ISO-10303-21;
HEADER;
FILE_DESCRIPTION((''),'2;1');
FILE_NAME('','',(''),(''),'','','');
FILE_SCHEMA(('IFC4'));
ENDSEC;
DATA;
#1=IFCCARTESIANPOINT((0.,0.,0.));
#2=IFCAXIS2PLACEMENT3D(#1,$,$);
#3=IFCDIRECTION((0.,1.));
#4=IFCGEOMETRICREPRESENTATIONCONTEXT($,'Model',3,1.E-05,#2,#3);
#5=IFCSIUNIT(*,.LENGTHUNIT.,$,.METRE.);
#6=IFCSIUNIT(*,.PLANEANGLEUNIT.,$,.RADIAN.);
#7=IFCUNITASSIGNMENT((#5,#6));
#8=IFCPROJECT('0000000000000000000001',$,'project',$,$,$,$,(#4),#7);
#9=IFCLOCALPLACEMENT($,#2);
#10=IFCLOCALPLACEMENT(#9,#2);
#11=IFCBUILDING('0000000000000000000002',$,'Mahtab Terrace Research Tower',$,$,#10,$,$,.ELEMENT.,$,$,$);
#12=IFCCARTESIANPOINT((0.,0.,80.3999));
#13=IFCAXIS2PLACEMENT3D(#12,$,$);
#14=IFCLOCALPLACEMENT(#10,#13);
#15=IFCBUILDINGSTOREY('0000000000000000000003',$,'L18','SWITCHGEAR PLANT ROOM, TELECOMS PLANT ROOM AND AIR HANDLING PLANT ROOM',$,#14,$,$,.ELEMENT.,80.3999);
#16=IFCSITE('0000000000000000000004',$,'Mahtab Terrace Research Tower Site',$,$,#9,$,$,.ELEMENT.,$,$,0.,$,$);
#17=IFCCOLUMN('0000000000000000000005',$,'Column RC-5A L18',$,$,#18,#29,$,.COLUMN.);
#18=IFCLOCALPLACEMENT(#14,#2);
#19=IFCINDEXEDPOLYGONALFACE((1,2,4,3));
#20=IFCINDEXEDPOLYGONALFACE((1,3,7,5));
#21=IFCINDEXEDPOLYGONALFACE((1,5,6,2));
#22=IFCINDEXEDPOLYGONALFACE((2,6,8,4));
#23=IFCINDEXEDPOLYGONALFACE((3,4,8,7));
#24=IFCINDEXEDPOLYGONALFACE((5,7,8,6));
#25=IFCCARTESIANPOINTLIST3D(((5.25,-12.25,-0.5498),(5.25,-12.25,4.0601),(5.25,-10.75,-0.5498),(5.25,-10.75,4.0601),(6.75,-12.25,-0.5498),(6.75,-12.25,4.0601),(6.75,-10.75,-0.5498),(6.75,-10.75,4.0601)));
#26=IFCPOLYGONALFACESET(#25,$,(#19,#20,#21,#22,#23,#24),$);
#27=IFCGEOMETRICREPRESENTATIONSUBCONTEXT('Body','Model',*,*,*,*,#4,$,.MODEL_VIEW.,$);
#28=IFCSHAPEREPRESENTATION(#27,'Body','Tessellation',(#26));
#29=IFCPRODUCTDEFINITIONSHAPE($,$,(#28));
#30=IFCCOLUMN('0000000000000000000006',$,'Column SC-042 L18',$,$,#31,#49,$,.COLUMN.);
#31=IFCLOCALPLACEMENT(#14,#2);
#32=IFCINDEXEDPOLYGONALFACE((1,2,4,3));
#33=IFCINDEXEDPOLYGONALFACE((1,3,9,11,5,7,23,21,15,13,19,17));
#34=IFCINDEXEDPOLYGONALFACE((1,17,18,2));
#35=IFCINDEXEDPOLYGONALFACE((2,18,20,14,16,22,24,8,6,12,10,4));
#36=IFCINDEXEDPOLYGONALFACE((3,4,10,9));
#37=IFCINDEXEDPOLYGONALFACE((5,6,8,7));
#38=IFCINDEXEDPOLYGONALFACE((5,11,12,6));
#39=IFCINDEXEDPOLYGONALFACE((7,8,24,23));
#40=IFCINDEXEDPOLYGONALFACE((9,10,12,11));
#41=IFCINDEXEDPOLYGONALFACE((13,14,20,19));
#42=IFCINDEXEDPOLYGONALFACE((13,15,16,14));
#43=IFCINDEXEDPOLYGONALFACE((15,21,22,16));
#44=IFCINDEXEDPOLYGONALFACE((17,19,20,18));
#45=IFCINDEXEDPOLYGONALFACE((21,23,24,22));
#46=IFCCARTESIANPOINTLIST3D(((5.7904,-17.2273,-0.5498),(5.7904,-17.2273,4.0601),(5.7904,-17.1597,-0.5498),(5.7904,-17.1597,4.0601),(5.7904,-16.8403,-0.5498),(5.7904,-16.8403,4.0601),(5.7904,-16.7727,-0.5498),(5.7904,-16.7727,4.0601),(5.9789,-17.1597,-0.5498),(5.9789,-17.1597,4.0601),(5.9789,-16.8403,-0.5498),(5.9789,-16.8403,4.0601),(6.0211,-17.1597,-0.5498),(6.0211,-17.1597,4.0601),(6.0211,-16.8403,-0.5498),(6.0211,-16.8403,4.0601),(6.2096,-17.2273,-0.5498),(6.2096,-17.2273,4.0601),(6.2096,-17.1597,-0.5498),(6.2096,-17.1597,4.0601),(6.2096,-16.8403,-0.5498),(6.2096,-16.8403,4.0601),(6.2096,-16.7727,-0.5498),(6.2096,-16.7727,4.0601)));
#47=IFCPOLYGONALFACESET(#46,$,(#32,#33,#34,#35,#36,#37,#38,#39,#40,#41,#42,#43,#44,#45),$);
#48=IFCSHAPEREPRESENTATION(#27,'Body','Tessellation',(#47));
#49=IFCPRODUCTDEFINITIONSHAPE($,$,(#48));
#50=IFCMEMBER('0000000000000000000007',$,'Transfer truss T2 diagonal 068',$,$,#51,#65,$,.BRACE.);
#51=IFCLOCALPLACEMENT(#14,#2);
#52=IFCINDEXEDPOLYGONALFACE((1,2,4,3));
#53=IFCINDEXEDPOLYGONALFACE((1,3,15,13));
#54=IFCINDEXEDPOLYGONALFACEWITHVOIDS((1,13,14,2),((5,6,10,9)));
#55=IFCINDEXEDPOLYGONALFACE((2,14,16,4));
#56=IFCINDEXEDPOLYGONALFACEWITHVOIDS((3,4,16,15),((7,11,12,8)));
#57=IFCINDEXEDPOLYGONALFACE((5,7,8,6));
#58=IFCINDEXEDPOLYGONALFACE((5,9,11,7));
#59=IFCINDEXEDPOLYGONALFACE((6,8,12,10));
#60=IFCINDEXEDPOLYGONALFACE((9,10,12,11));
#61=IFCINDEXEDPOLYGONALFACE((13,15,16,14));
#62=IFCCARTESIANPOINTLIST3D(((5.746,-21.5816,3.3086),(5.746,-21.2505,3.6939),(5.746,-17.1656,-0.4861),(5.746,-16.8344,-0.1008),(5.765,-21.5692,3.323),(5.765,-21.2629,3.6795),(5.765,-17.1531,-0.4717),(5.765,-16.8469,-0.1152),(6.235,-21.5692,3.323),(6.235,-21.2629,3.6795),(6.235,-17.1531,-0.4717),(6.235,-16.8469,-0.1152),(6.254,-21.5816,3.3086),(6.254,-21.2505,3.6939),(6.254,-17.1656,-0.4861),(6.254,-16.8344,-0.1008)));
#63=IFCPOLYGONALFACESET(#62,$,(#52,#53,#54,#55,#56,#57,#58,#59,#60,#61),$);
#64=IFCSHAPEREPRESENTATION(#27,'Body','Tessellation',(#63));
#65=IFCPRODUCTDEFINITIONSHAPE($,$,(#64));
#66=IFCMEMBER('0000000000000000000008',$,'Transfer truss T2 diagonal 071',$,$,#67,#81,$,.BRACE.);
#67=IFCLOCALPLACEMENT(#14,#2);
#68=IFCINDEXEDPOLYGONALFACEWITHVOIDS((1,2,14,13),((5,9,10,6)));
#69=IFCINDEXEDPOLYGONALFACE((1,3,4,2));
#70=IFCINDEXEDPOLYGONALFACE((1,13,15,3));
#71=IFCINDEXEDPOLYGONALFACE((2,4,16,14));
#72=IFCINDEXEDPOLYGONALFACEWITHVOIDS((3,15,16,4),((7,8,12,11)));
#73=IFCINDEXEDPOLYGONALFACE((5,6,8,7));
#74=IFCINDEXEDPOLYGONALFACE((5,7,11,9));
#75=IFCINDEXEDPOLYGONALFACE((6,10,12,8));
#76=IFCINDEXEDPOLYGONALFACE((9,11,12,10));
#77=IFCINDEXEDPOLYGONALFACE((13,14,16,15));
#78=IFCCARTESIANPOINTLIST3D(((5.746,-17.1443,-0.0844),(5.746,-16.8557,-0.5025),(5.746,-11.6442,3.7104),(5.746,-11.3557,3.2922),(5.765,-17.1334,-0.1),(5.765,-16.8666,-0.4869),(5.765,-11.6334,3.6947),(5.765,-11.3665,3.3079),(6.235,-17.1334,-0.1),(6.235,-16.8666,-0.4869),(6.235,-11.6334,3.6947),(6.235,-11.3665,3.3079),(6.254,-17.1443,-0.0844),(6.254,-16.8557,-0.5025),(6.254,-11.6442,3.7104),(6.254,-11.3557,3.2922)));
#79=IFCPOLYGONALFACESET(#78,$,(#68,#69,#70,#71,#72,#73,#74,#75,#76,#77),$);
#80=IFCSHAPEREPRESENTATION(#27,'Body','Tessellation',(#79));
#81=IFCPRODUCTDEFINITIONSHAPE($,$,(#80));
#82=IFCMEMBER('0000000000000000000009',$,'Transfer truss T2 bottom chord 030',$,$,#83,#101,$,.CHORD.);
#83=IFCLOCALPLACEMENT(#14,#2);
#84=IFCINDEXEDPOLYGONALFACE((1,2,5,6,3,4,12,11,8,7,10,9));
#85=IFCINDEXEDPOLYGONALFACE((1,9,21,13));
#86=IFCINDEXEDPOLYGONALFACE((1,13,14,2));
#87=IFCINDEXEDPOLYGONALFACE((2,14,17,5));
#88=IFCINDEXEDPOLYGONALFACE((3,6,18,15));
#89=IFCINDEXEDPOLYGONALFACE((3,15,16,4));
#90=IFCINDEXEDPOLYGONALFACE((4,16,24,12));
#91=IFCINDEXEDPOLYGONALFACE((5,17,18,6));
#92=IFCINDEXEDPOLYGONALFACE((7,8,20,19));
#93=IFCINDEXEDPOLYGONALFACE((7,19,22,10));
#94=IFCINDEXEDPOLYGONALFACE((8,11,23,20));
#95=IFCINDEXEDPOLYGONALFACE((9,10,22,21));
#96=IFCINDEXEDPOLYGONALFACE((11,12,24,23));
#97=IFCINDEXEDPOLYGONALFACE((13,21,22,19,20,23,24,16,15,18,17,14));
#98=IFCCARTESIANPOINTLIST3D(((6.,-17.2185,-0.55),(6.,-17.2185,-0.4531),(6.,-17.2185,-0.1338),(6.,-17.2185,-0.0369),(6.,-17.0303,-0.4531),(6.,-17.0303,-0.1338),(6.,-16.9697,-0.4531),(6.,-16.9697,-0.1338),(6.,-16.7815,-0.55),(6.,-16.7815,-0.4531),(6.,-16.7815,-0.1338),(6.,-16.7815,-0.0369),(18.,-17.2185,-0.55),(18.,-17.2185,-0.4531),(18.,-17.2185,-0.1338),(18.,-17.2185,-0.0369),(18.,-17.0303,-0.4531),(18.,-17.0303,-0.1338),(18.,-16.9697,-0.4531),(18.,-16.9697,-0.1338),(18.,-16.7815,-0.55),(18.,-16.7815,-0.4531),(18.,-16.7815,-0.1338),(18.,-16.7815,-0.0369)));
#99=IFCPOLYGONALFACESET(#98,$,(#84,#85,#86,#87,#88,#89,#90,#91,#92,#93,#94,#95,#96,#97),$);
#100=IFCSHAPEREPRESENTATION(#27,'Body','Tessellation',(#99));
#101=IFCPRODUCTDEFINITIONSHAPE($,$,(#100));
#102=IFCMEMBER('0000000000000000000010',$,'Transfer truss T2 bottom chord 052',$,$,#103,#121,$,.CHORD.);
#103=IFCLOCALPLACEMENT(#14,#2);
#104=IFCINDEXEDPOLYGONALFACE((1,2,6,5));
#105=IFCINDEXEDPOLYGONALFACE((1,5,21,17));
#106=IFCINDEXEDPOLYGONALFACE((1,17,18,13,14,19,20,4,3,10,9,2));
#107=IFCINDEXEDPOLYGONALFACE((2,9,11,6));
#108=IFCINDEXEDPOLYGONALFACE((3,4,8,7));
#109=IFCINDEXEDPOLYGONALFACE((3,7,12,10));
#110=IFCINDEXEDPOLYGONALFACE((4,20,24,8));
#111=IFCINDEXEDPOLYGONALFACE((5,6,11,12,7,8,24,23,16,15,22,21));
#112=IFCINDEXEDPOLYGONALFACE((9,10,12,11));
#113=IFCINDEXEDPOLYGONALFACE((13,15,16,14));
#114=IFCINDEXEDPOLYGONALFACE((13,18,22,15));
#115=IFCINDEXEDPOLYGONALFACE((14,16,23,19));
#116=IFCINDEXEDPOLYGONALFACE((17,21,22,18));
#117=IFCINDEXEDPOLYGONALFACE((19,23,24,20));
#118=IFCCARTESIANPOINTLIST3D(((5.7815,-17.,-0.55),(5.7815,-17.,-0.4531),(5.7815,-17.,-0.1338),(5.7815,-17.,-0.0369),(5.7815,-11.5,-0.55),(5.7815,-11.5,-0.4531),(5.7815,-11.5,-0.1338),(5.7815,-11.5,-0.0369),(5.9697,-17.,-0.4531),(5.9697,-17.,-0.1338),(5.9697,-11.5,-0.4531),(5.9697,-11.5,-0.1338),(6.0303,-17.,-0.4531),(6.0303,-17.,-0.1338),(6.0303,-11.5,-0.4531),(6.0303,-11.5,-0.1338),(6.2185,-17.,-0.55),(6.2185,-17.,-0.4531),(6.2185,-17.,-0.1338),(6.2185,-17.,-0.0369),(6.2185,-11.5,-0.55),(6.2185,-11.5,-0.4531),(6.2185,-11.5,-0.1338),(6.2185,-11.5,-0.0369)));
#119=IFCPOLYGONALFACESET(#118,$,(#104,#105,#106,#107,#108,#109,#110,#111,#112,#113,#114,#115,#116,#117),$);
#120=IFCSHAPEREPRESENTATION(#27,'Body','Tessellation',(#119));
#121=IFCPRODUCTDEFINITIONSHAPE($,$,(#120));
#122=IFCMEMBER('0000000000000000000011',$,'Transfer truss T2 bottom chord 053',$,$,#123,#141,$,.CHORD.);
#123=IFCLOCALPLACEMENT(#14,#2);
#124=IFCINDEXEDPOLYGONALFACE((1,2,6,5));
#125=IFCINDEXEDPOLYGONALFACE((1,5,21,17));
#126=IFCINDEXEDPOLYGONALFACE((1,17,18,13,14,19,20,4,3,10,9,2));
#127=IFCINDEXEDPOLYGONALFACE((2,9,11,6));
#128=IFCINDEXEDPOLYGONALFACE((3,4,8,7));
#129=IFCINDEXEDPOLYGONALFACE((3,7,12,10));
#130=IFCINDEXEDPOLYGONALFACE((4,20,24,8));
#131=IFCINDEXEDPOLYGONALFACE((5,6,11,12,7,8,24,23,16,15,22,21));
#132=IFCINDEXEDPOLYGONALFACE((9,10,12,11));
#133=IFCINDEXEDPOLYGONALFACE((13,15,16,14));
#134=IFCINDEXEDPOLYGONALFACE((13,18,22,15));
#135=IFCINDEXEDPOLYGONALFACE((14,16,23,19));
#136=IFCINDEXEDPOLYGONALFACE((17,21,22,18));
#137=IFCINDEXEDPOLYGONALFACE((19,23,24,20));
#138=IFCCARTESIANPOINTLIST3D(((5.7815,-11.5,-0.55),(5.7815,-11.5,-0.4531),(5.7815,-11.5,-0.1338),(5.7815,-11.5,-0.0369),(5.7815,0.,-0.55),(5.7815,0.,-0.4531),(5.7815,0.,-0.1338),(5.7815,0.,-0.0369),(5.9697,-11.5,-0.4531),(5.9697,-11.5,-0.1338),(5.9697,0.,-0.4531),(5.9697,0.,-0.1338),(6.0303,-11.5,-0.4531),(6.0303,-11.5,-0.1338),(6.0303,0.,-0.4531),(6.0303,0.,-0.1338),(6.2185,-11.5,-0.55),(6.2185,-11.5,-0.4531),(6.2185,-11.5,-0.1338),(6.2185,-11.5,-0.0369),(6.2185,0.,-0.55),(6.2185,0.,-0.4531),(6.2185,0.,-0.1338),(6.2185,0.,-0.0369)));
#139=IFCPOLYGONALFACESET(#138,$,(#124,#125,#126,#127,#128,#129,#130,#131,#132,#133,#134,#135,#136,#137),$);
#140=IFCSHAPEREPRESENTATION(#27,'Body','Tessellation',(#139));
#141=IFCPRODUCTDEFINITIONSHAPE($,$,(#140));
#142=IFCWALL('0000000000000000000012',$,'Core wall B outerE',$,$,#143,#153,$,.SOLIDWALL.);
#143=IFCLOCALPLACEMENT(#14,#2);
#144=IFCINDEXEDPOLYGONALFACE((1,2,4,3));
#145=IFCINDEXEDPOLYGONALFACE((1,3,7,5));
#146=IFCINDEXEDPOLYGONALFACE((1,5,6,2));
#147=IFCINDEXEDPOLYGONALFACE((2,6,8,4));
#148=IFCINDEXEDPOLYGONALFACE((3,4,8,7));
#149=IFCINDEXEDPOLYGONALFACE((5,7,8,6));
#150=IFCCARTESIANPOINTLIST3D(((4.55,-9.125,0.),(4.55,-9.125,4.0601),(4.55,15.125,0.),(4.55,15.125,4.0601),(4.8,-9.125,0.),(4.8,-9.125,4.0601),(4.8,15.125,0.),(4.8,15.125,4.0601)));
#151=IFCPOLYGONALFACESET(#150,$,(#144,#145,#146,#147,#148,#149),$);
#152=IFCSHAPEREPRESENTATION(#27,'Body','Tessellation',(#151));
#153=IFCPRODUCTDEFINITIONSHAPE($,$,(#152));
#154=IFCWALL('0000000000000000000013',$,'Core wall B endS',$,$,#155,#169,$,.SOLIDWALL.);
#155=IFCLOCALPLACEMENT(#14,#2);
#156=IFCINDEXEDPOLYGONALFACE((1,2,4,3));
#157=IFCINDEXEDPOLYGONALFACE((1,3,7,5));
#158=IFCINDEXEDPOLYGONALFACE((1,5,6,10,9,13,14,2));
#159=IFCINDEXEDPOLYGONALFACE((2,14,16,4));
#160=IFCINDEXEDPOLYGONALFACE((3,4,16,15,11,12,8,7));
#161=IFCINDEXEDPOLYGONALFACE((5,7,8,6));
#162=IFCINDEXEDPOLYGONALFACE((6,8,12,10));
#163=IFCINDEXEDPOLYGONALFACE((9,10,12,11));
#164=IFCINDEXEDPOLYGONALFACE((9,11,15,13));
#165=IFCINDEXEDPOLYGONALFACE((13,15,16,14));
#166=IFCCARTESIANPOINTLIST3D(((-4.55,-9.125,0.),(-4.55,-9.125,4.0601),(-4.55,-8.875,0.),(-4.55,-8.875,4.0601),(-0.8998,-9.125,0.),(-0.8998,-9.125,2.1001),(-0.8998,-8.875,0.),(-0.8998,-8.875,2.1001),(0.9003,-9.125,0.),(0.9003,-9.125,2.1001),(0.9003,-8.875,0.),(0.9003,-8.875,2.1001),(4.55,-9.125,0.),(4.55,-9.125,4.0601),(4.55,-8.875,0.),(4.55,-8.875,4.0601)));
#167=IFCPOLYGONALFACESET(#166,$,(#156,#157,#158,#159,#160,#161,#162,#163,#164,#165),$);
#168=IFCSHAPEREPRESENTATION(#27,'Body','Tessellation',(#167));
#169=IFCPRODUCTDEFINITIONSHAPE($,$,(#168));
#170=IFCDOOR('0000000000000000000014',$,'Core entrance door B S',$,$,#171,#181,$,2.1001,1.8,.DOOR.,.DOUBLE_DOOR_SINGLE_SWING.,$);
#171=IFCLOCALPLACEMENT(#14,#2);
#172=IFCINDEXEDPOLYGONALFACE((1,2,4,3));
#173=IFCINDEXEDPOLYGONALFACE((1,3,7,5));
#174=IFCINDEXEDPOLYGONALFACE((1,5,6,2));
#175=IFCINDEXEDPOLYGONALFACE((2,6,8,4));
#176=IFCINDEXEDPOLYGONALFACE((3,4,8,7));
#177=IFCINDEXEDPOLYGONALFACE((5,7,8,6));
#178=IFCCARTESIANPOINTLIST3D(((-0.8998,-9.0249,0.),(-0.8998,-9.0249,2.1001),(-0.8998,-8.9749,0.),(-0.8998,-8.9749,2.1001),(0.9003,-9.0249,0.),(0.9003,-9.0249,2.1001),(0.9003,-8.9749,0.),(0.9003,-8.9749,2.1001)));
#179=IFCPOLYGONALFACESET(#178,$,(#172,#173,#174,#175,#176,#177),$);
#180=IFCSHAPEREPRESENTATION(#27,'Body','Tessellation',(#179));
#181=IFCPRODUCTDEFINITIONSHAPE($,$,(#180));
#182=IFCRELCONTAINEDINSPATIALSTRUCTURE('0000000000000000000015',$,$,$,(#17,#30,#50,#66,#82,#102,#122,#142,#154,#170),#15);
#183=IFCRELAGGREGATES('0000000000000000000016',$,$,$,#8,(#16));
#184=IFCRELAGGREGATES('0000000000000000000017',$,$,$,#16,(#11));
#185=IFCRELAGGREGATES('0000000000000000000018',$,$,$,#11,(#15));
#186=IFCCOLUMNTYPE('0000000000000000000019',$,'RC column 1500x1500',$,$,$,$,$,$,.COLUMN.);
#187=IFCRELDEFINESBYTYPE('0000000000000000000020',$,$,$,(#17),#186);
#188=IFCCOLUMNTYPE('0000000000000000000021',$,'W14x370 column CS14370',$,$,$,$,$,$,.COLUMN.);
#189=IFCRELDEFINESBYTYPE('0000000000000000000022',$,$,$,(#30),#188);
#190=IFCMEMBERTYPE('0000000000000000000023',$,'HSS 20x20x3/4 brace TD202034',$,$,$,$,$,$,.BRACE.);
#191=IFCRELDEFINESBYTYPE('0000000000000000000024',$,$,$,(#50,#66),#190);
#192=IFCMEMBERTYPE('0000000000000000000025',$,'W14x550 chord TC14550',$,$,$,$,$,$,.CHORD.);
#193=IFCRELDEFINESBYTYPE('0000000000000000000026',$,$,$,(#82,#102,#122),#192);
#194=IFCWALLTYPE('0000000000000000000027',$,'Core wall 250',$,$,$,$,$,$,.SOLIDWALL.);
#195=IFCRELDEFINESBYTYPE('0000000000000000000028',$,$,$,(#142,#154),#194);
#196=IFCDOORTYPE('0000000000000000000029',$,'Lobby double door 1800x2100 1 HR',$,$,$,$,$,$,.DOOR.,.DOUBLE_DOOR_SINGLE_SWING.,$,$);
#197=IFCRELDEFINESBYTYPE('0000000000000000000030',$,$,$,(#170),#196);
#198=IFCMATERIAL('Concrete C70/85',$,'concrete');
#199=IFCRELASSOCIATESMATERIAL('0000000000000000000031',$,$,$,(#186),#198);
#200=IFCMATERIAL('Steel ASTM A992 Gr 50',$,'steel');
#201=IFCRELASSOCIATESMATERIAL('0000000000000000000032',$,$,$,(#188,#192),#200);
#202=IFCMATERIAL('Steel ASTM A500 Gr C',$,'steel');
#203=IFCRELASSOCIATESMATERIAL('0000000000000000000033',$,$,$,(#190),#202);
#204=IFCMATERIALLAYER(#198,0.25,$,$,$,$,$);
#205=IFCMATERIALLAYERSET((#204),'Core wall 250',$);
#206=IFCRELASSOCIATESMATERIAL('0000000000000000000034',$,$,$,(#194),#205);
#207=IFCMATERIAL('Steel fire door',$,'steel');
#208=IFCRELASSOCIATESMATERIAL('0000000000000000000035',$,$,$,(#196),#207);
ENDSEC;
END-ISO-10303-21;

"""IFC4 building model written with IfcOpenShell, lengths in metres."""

from ifc_helpers import new_model, si_unit, direction, frame, frame_2d, origin, origin_2d, place, context, subcontext, project, spatial, rectangle, hollow_rectangle, i_section, extrude, material, layer, layer_set, material_profile, profile_set, type_object, element, fill, save


model = new_model("IFC4")

# Units and contexts
model_context = context("Model", 3, precision=1e-05, world=origin(), true_north=direction((0.0, 1.0)))
body_context = subcontext(model_context, "Body", "Model", "MODEL_VIEW")
ifc_project = project(units=[si_unit("LENGTHUNIT", "METRE"), si_unit("PLANEANGLEUNIT", "RADIAN")], contexts=[model_context])

# Site, building, storey
site_placement = place(None, origin())
site = spatial("IfcSite", under=ifc_project, at=site_placement, Name="Mahtab Terrace Research Tower Site", CompositionType="ELEMENT", RefElevation=0.0)
building_placement = place(site_placement, origin())
building = spatial("IfcBuilding", under=site, at=building_placement, Name="Mahtab Terrace Research Tower", CompositionType="ELEMENT")
storey_placement = place(building_placement, frame((0.0, 0.0, 80.3999)))
storey = spatial("IfcBuildingStorey", under=building, at=storey_placement, Name="L18", Description="SWITCHGEAR PLANT ROOM, TELECOMS PLANT ROOM AND AIR HANDLING PLANT ROOM", CompositionType="ELEMENT", Elevation=80.3999)

# Columns
ifc_material_1 = material(Name="Concrete C70/85", Category="concrete")
ifc_material_profile_1 = material_profile(ifc_material_1, rectangle(XDim=1.5, YDim=1.5, at=origin_2d()), Name="RC column 1500x1500")
ifc_profile_set_1 = profile_set([ifc_material_profile_1], Name="Concrete C70/85")
column_type_1 = type_object("IfcColumnType", Name="RC column 1500x1500", PredefinedType="COLUMN", material=ifc_profile_set_1)
column_1_placement = place(storey_placement, frame((6.0, -11.5, -0.5498), z_axis=(0.0, 0.0, 1.0), x_axis=(1.0, 0.0, 0.0)))
element("IfcColumn", 1, at=column_1_placement, inside=storey, type_object=column_type_1, Name="Column RC-5A L18", PredefinedType="COLUMN", context=body_context, shape_type="SweptSolid", body=[
    extrude(rectangle(XDim=1.5, YDim=1.5, at=origin_2d()), origin(), (0.0, 0.0, 1.0), 4.6099),
])
ifc_material_2 = material(Name="Steel ASTM A992 Gr 50", Category="steel")
ifc_material_profile_2 = material_profile(ifc_material_2, i_section(OverallWidth=0.4192, OverallDepth=0.4546, WebThickness=0.0422, FlangeThickness=0.0676, at=origin_2d()), Name="W14X370")
ifc_profile_set_2 = profile_set([ifc_material_profile_2], Name="Steel ASTM A992 Gr 50")
column_type_2 = type_object("IfcColumnType", Name="W14x370 column CS14370", PredefinedType="COLUMN", material=ifc_profile_set_2)
column_2_placement = place(storey_placement, frame((6.0, -17.0, -0.5498), z_axis=(0.0, 0.0, 1.0), x_axis=(1.0, 0.0, 0.0)))
element("IfcColumn", 2, at=column_2_placement, inside=storey, type_object=column_type_2, Name="Column SC-042 L18", PredefinedType="COLUMN", context=body_context, shape_type="SweptSolid", body=[
    extrude(i_section(OverallWidth=0.4192, OverallDepth=0.4546, WebThickness=0.0422, FlangeThickness=0.0676, at=origin_2d()), origin(), (0.0, 0.0, 1.0), 4.6099),
])

# Members
ifc_material_3 = material(Name="Steel ASTM A500 Gr C", Category="steel")
ifc_material_profile_3 = material_profile(ifc_material_3, hollow_rectangle(XDim=0.5081, YDim=0.5081, WallThickness=0.019, at=origin_2d()), Name="HSS20X20X3/4")
ifc_profile_set_3 = profile_set([ifc_material_profile_3], Name="Steel ASTM A500 Gr C")
member_type_1 = type_object("IfcMemberType", Name="HSS 20x20x3/4 brace TD202034", PredefinedType="BRACE", material=ifc_profile_set_3)
member_1_placement = place(storey_placement, frame((6.0, -17.0, -0.2935), z_axis=(0.0, -0.758448, 0.651734), x_axis=(1.0, 0.0, 0.0)))
element("IfcMember", 3, at=member_1_placement, inside=storey, type_object=member_type_1, Name="Transfer truss T2 diagonal 068", PredefinedType="BRACE", context=body_context, shape_type="SweptSolid", body=[
    extrude(hollow_rectangle(XDim=0.5081, YDim=0.5081, WallThickness=0.019, at=origin_2d()), origin(), (0.0, 0.0, 1.0), 5.8225),
])
member_2_placement = place(storey_placement, frame((6.0, -17.0, -0.2935), z_axis=(0.0, 0.823103, 0.567893), x_axis=(-1.0, 0.0, 0.0)))
element("IfcMember", 4, at=member_2_placement, inside=storey, type_object=member_type_1, Name="Transfer truss T2 diagonal 071", PredefinedType="BRACE", context=body_context, shape_type="SweptSolid", body=[
    extrude(hollow_rectangle(XDim=0.5081, YDim=0.5081, WallThickness=0.019, at=origin_2d()), origin(), (0.0, 0.0, 1.0), 6.6821),
])
ifc_material_profile_4 = material_profile(ifc_material_2, i_section(OverallWidth=0.437, OverallDepth=0.5132, WebThickness=0.0605, FlangeThickness=0.0969, at=origin_2d()), Name="W14X550")
ifc_profile_set_4 = profile_set([ifc_material_profile_4], Name="Steel ASTM A992 Gr 50")
member_type_2 = type_object("IfcMemberType", Name="W14x550 chord TC14550", PredefinedType="CHORD", material=ifc_profile_set_4)
member_3_placement = place(storey_placement, frame((6.0, -17.0, -0.2935), z_axis=(1.0, 0.0, 0.0), x_axis=(0.0, 1.0, 0.0)))
element("IfcMember", 5, at=member_3_placement, inside=storey, type_object=member_type_2, Name="Transfer truss T2 bottom chord 030", PredefinedType="CHORD", context=body_context, shape_type="SweptSolid", body=[
    extrude(i_section(OverallWidth=0.437, OverallDepth=0.5132, WebThickness=0.0605, FlangeThickness=0.0969, at=origin_2d()), origin(), (0.0, 0.0, 1.0), 12.0),
])
member_4_placement = place(storey_placement, frame((6.0, -17.0, -0.2935), z_axis=(0.0, 1.0, 0.0), x_axis=(-1.0, 0.0, 0.0)))
element("IfcMember", 6, at=member_4_placement, inside=storey, type_object=member_type_2, Name="Transfer truss T2 bottom chord 052", PredefinedType="CHORD", context=body_context, shape_type="SweptSolid", body=[
    extrude(i_section(OverallWidth=0.437, OverallDepth=0.5132, WebThickness=0.0605, FlangeThickness=0.0969, at=origin_2d()), origin(), (0.0, 0.0, 1.0), 5.5),
])
member_5_placement = place(storey_placement, frame((6.0, -11.5, -0.2935), z_axis=(0.0, 1.0, 0.0), x_axis=(-1.0, 0.0, 0.0)))
element("IfcMember", 7, at=member_5_placement, inside=storey, type_object=member_type_2, Name="Transfer truss T2 bottom chord 053", PredefinedType="CHORD", context=body_context, shape_type="SweptSolid", body=[
    extrude(i_section(OverallWidth=0.437, OverallDepth=0.5132, WebThickness=0.0605, FlangeThickness=0.0969, at=origin_2d()), origin(), (0.0, 0.0, 1.0), 11.5),
])

# Wall
ifc_layer_1 = layer(ifc_material_1, 0.25)
ifc_layer_set_1 = layer_set([ifc_layer_1], Name="Core wall 250")
wall_type = type_object("IfcWallType", Name="Core wall 250", PredefinedType="SOLIDWALL", material=ifc_layer_set_1)
wall_1_placement = place(storey_placement, frame((4.675, -9.125, 0.0), z_axis=(0.0, 0.0, 1.0), x_axis=(0.0, 1.0, 0.0)))
element("IfcWall", 8, at=wall_1_placement, inside=storey, type_object=wall_type, Name="Core wall B outerE", PredefinedType="SOLIDWALL", context=body_context, shape_type="SweptSolid", body=[
    extrude(rectangle(XDim=24.25, YDim=0.25, at=frame_2d((12.125, 0.0))), origin(), (0.0, 0.0, 1.0), 4.0601),
])

# Wall, opening, door
wall_2_placement = place(storey_placement, frame((4.55, -9.0, 0.0), z_axis=(0.0, 0.0, 1.0), x_axis=(-1.0, 0.0, 0.0)))
wall_2 = element("IfcWall", 9, at=wall_2_placement, inside=storey, type_object=wall_type, Name="Core wall B endS", PredefinedType="SOLIDWALL", context=body_context, shape_type="SweptSolid", body=[
    extrude(rectangle(XDim=9.1001, YDim=0.25, at=frame_2d((4.55, 0.0))), origin(), (0.0, 0.0, 1.0), 4.0601),
])
opening_1_placement = place(wall_2_placement, frame((3.6499, 0.0, 0.0)))
opening_1 = element("IfcOpeningElement", 10, at=opening_1_placement, cuts=wall_2, PredefinedType="OPENING", context=body_context, shape_type="SweptSolid", body=[
    extrude(rectangle(XDim=1.8, YDim=2.1001, at=frame_2d((0.8999, 1.05))), frame((0.0, 0.135, 0.0), z_axis=(0.0, -1.0, 0.0), x_axis=(1.0, 0.0, 0.0)), (0.0, 0.0, 1.0), 0.27),
])
ifc_material_4 = material(Name="Steel fire door", Category="steel")
door_type_1 = type_object("IfcDoorType", Name="Lobby double door 1800x2100 1 HR", OperationType="DOUBLE_DOOR_SINGLE_SWING", PredefinedType="DOOR", material=ifc_material_4)
door_1_placement = place(opening_1_placement, origin())
door_1 = element("IfcDoor", 11, at=door_1_placement, inside=storey, type_object=door_type_1, Name="Core entrance door B S", OperationType="DOUBLE_DOOR_SINGLE_SWING", OverallHeight=2.1001, OverallWidth=1.8, PredefinedType="DOOR", context=body_context, shape_type="SweptSolid", body=[
    extrude(rectangle(XDim=1.8, YDim=2.1001, at=frame_2d((0.8999, 1.05))), frame((0.0, 0.0249, 0.0), z_axis=(0.0, -1.0, 0.0), x_axis=(1.0, 0.0, 0.0)), (0.0, 0.0, 1.0), 0.05),
])
fill(opening_1, door_1)

save(model, "model.ifc")
